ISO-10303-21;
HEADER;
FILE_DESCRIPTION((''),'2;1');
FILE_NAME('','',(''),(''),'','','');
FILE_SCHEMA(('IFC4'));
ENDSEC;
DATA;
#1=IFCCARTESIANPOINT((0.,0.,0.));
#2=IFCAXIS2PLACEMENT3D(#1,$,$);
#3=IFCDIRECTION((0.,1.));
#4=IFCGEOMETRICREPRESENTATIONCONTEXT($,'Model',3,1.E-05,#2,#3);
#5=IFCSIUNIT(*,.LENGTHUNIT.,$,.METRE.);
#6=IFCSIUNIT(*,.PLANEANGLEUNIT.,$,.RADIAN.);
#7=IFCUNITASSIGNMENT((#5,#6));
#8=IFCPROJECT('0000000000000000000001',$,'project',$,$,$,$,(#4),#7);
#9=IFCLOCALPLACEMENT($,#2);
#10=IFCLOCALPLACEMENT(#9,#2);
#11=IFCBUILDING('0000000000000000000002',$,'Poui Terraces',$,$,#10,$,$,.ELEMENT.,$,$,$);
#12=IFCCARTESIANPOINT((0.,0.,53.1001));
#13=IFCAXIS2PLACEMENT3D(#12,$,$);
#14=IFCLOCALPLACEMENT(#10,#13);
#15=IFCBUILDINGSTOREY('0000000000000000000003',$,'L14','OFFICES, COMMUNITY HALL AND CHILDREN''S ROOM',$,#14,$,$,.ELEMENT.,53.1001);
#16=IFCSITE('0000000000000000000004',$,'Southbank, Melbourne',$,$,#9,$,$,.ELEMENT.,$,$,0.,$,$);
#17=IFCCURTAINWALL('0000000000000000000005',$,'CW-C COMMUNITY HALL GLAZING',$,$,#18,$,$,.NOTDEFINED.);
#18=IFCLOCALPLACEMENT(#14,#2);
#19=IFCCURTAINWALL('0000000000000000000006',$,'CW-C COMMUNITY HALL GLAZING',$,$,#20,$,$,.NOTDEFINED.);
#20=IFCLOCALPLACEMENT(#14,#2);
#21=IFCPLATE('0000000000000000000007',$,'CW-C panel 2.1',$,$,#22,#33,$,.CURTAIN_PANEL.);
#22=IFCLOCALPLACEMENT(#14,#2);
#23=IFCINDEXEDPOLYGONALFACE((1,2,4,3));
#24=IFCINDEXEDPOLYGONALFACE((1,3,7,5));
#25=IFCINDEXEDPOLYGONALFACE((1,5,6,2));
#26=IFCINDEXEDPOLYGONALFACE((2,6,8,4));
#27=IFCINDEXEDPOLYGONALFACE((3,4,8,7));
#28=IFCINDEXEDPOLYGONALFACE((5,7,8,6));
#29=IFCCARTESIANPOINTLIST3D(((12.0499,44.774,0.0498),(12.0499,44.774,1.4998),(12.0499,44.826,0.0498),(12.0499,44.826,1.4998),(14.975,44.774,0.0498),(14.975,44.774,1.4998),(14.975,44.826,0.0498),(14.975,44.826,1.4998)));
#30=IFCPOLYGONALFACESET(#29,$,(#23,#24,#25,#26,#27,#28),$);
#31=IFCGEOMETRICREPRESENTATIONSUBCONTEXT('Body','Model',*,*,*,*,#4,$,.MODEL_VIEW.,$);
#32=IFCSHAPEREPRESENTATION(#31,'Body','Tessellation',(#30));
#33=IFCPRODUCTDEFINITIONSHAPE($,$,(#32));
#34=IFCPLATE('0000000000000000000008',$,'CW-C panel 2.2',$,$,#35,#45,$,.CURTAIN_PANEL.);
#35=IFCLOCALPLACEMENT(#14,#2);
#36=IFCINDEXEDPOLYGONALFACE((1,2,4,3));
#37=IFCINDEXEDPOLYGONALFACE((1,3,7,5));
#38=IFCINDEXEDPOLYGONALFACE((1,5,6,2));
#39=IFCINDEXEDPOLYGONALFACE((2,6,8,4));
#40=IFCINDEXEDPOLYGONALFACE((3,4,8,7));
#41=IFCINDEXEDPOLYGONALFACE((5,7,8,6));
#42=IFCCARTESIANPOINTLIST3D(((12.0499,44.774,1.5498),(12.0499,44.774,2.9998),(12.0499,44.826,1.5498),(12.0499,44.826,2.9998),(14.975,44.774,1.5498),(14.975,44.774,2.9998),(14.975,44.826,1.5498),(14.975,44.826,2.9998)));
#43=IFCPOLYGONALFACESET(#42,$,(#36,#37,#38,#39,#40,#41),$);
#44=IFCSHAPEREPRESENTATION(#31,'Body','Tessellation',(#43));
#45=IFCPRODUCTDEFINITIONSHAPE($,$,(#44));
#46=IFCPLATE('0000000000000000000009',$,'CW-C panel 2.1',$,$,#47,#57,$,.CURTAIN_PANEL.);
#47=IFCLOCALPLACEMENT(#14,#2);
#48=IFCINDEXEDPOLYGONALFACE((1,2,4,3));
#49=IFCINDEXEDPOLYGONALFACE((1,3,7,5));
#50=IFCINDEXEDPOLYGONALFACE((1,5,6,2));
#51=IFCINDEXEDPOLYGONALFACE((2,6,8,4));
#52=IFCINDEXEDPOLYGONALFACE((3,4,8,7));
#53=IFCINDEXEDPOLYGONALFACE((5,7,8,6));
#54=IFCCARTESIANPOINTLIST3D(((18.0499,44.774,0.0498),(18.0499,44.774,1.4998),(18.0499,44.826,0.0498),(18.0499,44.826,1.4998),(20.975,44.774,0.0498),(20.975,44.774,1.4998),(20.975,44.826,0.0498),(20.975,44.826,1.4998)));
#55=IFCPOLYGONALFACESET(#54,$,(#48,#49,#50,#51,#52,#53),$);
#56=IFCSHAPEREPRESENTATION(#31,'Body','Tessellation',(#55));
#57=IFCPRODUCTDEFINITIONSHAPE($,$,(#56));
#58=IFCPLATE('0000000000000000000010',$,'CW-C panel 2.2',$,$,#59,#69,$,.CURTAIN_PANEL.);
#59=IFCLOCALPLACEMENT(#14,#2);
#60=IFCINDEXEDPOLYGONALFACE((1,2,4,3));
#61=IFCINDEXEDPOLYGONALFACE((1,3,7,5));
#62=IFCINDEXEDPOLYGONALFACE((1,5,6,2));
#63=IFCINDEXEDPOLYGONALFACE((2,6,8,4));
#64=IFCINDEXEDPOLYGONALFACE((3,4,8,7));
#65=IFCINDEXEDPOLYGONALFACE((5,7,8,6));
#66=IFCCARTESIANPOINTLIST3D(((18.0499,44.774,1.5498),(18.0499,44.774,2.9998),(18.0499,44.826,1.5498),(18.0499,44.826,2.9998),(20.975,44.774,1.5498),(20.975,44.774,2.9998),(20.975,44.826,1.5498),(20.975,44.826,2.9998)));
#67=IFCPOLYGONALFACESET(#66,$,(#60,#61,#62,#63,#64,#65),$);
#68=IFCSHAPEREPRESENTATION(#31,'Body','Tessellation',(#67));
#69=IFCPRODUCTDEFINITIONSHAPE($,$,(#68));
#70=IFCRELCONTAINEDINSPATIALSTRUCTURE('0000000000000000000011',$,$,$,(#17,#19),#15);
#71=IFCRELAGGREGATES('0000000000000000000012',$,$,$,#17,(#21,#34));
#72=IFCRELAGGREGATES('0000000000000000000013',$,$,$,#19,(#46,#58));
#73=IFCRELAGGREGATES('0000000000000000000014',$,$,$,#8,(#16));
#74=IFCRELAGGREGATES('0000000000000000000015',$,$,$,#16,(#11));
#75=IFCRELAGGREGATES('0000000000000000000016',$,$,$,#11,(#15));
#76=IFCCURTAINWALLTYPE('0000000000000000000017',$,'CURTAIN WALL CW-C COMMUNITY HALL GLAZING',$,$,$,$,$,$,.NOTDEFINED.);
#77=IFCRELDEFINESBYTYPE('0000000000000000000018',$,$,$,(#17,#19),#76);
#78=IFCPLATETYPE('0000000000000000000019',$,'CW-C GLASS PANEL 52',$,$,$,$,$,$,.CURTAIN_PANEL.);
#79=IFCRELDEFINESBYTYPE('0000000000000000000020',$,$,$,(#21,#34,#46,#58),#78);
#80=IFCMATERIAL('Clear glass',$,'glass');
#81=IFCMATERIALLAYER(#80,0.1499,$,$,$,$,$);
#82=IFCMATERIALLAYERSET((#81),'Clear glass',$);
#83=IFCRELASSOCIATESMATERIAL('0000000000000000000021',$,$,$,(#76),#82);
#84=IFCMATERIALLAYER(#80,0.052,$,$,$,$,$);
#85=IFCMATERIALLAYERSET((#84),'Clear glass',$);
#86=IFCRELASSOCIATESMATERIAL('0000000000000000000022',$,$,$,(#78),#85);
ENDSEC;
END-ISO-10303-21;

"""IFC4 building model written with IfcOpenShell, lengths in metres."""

from ifc_helpers import new_model, si_unit, direction, frame, origin, origin_2d, place, context, subcontext, project, spatial, rectangle, extrude, material, layer, layer_set, type_object, element, aggregate, save


model = new_model("IFC4")

# Units and contexts
model_context = context("Model", 3, precision=1e-05, world=origin(), true_north=direction((0.0, 1.0)))
body_context = subcontext(model_context, "Body", "Model", "MODEL_VIEW")
ifc_project = project(units=[si_unit("LENGTHUNIT", "METRE"), si_unit("PLANEANGLEUNIT", "RADIAN")], contexts=[model_context])

# Site, building, storey
site_placement = place(None, origin())
site = spatial("IfcSite", under=ifc_project, at=site_placement, Name="Southbank, Melbourne", CompositionType="ELEMENT", RefElevation=0.0)
building_placement = place(site_placement, origin())
building = spatial("IfcBuilding", under=site, at=building_placement, Name="Poui Terraces", CompositionType="ELEMENT")
storey_placement = place(building_placement, frame((0.0, 0.0, 53.1001)))
storey = spatial("IfcBuildingStorey", under=building, at=storey_placement, Name="L14", Description="OFFICES, COMMUNITY HALL AND CHILDREN'S ROOM", CompositionType="ELEMENT", Elevation=53.1001)

# Curtain wall
ifc_material_1 = material(Name="Clear glass", Category="glass")
ifc_layer_1 = layer(ifc_material_1, 0.1499)
ifc_layer_set_1 = layer_set([ifc_layer_1], Name="Clear glass")
curtain_wall_type = type_object("IfcCurtainWallType", Name="CURTAIN WALL CW-C COMMUNITY HALL GLAZING", PredefinedType="NOTDEFINED", material=ifc_layer_set_1)
curtain_wall_1_placement = place(storey_placement, origin())
curtain_wall_1 = element("IfcCurtainWall", 1, at=curtain_wall_1_placement, inside=storey, type_object=curtain_wall_type, Name="CW-C COMMUNITY HALL GLAZING", PredefinedType="NOTDEFINED")

# Curtain wall
curtain_wall_2_placement = place(storey_placement, origin())
curtain_wall_2 = element("IfcCurtainWall", 2, at=curtain_wall_2_placement, inside=storey, type_object=curtain_wall_type, Name="CW-C COMMUNITY HALL GLAZING", PredefinedType="NOTDEFINED")

# Plates
ifc_layer_2 = layer(ifc_material_1, 0.052)
ifc_layer_set_2 = layer_set([ifc_layer_2], Name="Clear glass")
plate_type = type_object("IfcPlateType", Name="CW-C GLASS PANEL 52", PredefinedType="CURTAIN_PANEL", material=ifc_layer_set_2)
plate_1_placement = place(storey_placement, frame((13.5125, 44.8, 0.0498), z_axis=(0.0, 0.0, 1.0), x_axis=(-1.0, 0.0, 0.0)))
plate_1 = element("IfcPlate", 3, at=plate_1_placement, type_object=plate_type, Name="CW-C panel 2.1", PredefinedType="CURTAIN_PANEL", context=body_context, shape_type="SweptSolid", body=[
    extrude(rectangle(XDim=2.925, YDim=0.052, at=origin_2d()), origin(), (0.0, 0.0, 1.0), 1.45),
])
plate_2_placement = place(storey_placement, frame((13.5125, 44.8, 1.5498), z_axis=(0.0, 0.0, 1.0), x_axis=(-1.0, 0.0, 0.0)))
plate_2 = element("IfcPlate", 4, at=plate_2_placement, type_object=plate_type, Name="CW-C panel 2.2", PredefinedType="CURTAIN_PANEL", context=body_context, shape_type="SweptSolid", body=[
    extrude(rectangle(XDim=2.925, YDim=0.052, at=origin_2d()), origin(), (0.0, 0.0, 1.0), 1.45),
])
aggregate(curtain_wall_1, [plate_1, plate_2])
plate_3_placement = place(storey_placement, frame((19.5125, 44.8, 0.0498), z_axis=(0.0, 0.0, 1.0), x_axis=(-1.0, 0.0, 0.0)))
plate_3 = element("IfcPlate", 5, at=plate_3_placement, type_object=plate_type, Name="CW-C panel 2.1", PredefinedType="CURTAIN_PANEL", context=body_context, shape_type="SweptSolid", body=[
    extrude(rectangle(XDim=2.925, YDim=0.052, at=origin_2d()), origin(), (0.0, 0.0, 1.0), 1.45),
])
plate_4_placement = place(storey_placement, frame((19.5125, 44.8, 1.5498), z_axis=(0.0, 0.0, 1.0), x_axis=(-1.0, 0.0, 0.0)))
plate_4 = element("IfcPlate", 6, at=plate_4_placement, type_object=plate_type, Name="CW-C panel 2.2", PredefinedType="CURTAIN_PANEL", context=body_context, shape_type="SweptSolid", body=[
    extrude(rectangle(XDim=2.925, YDim=0.052, at=origin_2d()), origin(), (0.0, 0.0, 1.0), 1.45),
])
aggregate(curtain_wall_2, [plate_3, plate_4])

save(model, "model.ifc")
